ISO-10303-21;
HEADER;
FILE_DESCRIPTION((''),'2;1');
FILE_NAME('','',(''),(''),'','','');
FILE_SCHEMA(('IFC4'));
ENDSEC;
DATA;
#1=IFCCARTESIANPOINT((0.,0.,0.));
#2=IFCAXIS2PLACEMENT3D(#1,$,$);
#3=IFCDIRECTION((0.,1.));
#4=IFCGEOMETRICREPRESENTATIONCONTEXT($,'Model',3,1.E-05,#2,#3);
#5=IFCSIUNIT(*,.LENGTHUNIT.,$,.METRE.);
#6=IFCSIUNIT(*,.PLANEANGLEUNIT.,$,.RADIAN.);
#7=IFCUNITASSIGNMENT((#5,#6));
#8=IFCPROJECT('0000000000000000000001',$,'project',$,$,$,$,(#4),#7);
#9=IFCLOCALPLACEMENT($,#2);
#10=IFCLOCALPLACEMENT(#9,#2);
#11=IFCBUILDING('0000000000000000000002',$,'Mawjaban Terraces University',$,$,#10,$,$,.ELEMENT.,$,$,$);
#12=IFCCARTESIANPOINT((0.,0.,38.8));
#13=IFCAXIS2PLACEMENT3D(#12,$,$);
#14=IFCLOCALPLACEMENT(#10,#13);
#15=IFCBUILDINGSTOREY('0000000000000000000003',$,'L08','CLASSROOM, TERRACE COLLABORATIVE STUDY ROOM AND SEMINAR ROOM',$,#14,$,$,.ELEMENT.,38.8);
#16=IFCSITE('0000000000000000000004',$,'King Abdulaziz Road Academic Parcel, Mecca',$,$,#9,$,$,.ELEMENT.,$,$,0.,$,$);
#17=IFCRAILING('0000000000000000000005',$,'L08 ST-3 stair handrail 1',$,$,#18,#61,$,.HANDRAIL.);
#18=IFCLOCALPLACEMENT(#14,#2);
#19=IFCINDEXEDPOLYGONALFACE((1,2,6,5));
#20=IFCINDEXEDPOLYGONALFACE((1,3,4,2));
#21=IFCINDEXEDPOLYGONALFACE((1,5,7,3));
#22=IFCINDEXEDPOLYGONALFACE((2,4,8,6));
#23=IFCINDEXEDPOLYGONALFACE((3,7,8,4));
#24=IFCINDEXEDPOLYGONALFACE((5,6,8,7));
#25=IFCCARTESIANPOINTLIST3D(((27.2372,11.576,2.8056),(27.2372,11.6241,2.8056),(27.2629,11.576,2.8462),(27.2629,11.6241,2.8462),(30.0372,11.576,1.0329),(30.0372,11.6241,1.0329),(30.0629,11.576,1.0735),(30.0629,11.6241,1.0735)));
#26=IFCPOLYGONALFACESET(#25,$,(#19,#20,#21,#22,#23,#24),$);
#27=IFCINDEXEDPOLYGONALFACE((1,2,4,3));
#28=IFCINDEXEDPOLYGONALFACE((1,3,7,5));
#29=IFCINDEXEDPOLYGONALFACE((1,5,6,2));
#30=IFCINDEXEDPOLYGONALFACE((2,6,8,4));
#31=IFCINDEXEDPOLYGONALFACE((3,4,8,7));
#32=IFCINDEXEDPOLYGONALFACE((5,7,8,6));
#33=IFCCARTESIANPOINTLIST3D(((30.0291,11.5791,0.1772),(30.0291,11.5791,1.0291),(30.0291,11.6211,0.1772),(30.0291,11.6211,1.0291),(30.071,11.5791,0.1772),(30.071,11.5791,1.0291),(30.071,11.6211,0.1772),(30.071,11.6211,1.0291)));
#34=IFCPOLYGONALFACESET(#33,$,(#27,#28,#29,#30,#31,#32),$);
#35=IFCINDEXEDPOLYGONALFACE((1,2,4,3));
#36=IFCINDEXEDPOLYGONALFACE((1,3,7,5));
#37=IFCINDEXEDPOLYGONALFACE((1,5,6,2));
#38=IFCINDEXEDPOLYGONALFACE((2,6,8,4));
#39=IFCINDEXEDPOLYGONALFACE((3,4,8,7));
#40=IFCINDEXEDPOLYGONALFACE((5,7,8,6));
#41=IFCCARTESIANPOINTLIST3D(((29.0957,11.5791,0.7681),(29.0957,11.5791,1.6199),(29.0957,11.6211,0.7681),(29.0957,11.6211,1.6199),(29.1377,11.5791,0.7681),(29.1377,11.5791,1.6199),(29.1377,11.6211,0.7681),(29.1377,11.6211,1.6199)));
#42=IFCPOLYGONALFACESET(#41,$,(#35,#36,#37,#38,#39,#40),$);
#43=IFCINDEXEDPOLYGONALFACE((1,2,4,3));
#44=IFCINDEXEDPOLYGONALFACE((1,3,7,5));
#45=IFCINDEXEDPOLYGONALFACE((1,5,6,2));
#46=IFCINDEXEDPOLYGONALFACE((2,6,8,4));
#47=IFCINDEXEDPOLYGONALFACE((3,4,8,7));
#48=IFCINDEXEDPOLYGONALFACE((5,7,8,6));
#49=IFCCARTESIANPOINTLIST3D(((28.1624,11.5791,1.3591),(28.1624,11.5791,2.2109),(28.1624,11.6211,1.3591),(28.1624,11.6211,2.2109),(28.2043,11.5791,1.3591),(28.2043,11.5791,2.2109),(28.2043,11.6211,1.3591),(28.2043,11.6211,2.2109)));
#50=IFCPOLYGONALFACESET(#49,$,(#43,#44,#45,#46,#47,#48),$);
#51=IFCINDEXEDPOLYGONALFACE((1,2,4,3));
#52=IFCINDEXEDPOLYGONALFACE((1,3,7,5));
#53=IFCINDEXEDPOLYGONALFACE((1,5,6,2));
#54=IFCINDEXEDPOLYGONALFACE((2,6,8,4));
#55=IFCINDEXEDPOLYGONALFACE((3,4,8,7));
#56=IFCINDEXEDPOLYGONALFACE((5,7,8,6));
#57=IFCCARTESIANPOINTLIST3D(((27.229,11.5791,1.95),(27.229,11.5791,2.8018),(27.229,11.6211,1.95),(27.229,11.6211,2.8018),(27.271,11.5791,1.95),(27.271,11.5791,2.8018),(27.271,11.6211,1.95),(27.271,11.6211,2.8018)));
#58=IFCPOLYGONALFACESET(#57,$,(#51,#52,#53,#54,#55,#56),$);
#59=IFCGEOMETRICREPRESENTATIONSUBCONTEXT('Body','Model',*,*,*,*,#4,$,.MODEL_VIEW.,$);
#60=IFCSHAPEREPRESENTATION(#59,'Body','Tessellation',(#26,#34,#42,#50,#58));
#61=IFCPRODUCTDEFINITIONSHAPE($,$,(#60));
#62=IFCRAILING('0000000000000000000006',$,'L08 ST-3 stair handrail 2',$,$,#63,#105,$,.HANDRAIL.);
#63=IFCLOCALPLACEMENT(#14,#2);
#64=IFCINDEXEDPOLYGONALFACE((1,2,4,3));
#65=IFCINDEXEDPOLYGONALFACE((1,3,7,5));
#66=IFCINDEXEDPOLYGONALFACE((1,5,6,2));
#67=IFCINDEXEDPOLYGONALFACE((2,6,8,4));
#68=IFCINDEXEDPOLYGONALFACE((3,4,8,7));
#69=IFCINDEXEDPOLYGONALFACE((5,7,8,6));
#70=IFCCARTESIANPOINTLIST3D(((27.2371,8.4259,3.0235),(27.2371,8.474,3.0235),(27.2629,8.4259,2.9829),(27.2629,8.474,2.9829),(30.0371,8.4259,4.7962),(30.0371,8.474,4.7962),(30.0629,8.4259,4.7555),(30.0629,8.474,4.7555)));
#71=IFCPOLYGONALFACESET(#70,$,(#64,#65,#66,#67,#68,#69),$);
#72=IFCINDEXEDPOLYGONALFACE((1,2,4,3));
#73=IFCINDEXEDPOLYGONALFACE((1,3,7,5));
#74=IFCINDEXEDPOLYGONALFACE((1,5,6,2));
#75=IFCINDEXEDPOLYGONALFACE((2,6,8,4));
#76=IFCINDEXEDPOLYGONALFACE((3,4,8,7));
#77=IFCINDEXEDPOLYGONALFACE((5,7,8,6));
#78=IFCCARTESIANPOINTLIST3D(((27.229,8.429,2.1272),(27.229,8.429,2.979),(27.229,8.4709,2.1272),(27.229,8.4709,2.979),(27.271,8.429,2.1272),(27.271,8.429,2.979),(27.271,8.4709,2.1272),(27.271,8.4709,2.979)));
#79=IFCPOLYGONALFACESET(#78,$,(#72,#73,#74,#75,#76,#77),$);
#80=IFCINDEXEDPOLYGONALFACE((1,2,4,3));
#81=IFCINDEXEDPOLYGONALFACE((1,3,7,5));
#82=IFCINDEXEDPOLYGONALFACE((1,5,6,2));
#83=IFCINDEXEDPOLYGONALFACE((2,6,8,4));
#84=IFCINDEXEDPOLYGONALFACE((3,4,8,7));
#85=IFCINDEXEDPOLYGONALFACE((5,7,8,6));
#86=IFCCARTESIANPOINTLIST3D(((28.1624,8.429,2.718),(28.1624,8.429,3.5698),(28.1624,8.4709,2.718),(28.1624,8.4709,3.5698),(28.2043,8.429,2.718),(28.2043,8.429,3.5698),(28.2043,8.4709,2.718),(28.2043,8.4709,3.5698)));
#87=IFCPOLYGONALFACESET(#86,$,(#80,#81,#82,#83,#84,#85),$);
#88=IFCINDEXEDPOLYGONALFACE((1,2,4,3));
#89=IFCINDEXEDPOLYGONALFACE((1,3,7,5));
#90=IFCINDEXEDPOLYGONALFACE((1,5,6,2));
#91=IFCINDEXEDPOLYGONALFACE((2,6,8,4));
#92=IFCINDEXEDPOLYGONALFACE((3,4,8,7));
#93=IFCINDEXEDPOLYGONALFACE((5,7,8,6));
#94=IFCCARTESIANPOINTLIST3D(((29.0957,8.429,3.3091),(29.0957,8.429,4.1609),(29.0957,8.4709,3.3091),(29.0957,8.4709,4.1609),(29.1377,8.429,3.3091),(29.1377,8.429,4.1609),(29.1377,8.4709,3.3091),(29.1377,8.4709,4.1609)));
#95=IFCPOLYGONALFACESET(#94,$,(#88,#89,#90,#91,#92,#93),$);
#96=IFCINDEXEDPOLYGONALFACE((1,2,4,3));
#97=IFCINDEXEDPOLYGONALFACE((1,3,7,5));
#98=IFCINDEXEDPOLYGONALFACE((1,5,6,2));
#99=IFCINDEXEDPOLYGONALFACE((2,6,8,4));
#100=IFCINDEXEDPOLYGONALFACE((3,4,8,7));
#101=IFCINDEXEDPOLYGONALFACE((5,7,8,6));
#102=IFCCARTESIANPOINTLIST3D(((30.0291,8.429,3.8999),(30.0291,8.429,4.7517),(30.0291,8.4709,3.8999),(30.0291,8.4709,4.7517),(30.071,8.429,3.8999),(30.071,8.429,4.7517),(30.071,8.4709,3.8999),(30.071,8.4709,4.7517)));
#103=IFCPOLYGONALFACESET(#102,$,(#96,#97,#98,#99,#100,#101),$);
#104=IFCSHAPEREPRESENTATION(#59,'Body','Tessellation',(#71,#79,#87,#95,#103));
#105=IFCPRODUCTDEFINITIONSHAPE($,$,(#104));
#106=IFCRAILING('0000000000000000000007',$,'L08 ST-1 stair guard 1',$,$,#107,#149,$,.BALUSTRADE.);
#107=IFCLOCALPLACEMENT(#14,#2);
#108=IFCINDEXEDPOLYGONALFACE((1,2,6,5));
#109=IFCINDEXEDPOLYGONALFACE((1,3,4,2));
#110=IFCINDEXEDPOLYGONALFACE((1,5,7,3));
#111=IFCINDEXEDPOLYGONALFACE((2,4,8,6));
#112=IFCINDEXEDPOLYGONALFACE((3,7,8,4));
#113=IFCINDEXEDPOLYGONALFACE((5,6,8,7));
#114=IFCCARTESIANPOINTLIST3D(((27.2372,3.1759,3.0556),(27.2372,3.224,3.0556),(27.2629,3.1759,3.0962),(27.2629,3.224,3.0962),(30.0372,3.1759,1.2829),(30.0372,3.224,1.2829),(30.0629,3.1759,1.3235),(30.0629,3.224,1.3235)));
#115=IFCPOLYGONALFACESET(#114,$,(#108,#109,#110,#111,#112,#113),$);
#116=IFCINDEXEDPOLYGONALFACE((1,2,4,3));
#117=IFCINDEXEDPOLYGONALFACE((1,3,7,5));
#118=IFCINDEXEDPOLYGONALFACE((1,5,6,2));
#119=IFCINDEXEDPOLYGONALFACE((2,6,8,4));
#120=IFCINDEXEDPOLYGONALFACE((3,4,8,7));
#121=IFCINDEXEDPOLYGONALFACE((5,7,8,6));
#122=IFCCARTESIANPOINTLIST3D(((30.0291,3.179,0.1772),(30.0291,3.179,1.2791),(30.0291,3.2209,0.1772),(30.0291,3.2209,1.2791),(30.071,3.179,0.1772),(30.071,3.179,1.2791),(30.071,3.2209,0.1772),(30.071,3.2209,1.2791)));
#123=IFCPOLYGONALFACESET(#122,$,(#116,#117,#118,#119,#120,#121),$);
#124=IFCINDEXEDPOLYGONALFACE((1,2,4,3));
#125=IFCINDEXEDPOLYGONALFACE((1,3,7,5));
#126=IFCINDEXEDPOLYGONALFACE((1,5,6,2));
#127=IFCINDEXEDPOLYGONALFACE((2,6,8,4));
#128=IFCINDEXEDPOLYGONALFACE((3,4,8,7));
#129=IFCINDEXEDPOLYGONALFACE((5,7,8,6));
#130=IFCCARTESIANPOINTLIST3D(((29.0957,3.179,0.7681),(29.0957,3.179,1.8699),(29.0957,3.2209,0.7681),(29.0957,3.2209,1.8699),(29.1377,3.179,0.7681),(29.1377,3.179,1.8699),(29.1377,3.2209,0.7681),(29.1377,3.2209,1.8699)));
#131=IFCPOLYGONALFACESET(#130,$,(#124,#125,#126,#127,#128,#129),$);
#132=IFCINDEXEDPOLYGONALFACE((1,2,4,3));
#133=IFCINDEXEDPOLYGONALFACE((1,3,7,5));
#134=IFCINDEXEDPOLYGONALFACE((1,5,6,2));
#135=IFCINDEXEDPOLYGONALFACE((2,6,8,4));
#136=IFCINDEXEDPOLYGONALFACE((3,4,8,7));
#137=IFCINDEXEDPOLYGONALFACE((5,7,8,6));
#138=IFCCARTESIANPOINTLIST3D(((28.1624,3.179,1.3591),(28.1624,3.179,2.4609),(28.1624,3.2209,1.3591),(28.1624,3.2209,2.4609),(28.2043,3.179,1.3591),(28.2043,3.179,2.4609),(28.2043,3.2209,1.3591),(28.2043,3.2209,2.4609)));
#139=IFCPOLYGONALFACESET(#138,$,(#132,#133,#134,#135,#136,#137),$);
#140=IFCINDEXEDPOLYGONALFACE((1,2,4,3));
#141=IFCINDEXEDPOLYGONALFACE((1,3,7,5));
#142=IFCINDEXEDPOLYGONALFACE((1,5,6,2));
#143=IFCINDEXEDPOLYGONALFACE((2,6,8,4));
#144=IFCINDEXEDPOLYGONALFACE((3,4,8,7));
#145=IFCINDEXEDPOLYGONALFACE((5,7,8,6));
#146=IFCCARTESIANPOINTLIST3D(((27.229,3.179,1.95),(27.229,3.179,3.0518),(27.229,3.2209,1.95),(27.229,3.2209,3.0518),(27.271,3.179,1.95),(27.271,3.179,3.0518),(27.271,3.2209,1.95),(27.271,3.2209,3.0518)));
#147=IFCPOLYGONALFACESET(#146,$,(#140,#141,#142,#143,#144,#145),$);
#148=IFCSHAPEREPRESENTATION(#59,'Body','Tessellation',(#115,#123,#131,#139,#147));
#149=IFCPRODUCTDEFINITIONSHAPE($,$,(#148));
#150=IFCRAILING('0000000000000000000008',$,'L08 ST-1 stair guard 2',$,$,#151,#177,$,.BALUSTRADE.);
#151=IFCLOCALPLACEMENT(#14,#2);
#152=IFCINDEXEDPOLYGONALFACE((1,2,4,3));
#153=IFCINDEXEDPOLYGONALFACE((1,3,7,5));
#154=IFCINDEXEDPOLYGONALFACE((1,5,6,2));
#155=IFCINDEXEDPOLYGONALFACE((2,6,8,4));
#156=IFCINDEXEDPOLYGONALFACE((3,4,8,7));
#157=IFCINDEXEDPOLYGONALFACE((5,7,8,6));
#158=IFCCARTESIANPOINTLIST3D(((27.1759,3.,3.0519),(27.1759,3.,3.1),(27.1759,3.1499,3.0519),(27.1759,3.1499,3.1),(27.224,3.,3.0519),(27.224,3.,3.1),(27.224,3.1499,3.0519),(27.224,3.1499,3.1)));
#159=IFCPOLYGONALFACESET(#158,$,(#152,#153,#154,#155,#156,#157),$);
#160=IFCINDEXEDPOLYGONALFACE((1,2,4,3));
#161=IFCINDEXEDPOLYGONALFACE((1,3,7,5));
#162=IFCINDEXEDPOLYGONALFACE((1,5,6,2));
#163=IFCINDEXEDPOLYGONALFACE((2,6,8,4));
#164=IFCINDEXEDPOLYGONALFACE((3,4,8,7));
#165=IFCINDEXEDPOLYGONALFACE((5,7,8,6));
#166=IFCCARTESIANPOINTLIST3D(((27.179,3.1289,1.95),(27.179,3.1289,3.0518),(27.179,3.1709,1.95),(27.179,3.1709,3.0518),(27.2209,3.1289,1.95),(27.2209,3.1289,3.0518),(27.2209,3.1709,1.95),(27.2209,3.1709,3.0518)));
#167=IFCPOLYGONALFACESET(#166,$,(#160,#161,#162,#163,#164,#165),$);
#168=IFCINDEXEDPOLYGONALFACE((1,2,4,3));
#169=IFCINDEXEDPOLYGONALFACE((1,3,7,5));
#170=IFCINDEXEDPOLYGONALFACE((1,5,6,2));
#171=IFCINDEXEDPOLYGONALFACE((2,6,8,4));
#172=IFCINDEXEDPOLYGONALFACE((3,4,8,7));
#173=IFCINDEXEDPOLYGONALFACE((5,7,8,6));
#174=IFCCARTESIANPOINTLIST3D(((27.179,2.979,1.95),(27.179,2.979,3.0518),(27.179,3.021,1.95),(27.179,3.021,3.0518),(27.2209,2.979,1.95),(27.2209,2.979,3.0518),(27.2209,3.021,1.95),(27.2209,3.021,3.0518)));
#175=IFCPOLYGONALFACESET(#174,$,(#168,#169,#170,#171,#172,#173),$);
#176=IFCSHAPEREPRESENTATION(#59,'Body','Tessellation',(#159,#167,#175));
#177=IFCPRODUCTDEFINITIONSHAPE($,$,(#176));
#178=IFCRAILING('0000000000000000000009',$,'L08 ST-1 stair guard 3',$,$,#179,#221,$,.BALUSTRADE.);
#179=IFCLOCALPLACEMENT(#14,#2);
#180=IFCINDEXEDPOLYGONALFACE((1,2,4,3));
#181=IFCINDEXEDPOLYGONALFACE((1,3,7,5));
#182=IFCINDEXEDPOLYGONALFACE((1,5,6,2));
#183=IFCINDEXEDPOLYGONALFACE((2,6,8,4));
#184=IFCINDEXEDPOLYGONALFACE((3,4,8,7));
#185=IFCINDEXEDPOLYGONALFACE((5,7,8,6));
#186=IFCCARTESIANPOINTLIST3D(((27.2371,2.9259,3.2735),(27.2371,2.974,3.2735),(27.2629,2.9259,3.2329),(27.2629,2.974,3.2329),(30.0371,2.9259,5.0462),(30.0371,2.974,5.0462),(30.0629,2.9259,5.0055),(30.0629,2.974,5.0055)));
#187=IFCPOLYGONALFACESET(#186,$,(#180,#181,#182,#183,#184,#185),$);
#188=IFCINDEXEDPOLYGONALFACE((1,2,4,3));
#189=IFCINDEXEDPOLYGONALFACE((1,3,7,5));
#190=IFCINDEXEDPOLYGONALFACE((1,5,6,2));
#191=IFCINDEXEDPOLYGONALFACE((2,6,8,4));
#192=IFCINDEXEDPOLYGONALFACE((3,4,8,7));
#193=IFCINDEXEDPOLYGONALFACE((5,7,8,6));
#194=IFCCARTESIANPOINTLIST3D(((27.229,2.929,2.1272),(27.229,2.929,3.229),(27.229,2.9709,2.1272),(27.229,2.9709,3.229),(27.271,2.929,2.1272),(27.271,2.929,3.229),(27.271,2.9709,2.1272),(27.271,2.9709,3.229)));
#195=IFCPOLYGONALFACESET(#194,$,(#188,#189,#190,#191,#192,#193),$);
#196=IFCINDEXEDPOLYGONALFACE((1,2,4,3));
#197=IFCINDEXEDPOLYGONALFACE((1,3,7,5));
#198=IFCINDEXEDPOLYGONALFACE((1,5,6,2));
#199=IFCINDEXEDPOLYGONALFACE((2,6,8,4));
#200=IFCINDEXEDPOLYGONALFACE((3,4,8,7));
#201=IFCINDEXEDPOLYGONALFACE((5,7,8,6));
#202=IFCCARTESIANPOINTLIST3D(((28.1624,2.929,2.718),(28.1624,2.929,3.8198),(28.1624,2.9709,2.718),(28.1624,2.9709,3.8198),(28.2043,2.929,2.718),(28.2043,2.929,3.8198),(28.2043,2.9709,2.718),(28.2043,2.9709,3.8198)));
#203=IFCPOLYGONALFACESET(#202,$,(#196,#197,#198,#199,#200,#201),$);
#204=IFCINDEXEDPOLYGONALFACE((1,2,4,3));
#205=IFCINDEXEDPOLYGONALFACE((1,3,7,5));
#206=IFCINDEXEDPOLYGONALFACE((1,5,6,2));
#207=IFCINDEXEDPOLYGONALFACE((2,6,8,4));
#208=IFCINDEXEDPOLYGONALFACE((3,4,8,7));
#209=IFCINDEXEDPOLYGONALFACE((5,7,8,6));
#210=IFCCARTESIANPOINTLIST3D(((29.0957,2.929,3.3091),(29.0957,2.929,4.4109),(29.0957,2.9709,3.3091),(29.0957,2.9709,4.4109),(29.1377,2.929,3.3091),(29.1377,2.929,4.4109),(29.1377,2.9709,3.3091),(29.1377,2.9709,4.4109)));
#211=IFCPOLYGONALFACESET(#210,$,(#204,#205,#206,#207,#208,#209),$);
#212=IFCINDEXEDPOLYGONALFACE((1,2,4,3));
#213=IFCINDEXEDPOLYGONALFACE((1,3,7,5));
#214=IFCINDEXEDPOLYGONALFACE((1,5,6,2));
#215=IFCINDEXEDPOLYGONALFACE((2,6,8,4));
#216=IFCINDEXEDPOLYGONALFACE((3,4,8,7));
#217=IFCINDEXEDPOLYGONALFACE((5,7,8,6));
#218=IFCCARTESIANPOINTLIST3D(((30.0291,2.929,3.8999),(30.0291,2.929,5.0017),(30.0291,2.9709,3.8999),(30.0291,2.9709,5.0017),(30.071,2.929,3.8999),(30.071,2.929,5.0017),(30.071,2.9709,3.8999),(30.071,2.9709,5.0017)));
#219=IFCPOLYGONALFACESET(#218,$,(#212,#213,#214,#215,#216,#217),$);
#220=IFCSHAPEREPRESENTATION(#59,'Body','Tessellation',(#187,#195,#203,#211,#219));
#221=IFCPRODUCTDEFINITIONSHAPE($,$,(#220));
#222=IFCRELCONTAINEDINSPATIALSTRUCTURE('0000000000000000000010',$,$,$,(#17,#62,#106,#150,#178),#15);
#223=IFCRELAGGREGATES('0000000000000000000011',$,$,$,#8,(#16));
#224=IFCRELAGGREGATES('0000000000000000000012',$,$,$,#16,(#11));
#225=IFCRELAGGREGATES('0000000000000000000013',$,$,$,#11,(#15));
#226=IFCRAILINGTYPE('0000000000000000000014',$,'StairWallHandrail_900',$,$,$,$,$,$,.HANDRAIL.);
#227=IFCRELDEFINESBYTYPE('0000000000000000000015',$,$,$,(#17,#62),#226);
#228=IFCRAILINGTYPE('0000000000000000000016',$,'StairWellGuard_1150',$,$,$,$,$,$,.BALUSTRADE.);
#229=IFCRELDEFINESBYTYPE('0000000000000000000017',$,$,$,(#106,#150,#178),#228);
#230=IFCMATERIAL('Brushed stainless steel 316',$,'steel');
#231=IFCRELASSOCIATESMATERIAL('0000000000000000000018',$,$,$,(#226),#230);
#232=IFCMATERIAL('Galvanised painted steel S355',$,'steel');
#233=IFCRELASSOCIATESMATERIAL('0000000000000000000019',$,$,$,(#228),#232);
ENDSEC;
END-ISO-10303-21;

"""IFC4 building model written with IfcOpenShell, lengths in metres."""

from ifc_helpers import new_model, si_unit, direction, frame, origin, origin_2d, place, context, subcontext, project, spatial, rectangle, extrude, material, type_object, element, save


model = new_model("IFC4")

# Units and contexts
model_context = context("Model", 3, precision=1e-05, world=origin(), true_north=direction((0.0, 1.0)))
body_context = subcontext(model_context, "Body", "Model", "MODEL_VIEW")
ifc_project = project(units=[si_unit("LENGTHUNIT", "METRE"), si_unit("PLANEANGLEUNIT", "RADIAN")], contexts=[model_context])

# Site, building, storey
site_placement = place(None, origin())
site = spatial("IfcSite", under=ifc_project, at=site_placement, Name="King Abdulaziz Road Academic Parcel, Mecca", CompositionType="ELEMENT", RefElevation=0.0)
building_placement = place(site_placement, origin())
building = spatial("IfcBuilding", under=site, at=building_placement, Name="Mawjaban Terraces University", CompositionType="ELEMENT")
storey_placement = place(building_placement, frame((0.0, 0.0, 38.8)))
storey = spatial("IfcBuildingStorey", under=building, at=storey_placement, Name="L08", Description="CLASSROOM, TERRACE COLLABORATIVE STUDY ROOM AND SEMINAR ROOM", CompositionType="ELEMENT", Elevation=38.8)

# Railings
ifc_material_1 = material(Name="Brushed stainless steel 316", Category="steel")
railing_type_1 = type_object("IfcRailingType", Name="StairWallHandrail_900", PredefinedType="HANDRAIL", material=ifc_material_1)
railing_1_placement = place(storey_placement, frame((30.05, 11.6001, 0.1772)))
element("IfcRailing", 1, at=railing_1_placement, inside=storey, type_object=railing_type_1, Name="L08 ST-3 stair handrail 1", PredefinedType="HANDRAIL", context=body_context, shape_type="SweptSolid", body=[
    extrude(rectangle(XDim=0.0481, YDim=0.0481, at=origin_2d()), frame((0.0, 0.0, 0.876), z_axis=(-0.844909, 0.0, 0.53491), x_axis=(0.0, -1.0, 0.0)), (0.0, 0.0, 1.0), 3.314),
    extrude(rectangle(XDim=0.042, YDim=0.042, at=origin_2d()), origin(), (0.0, 0.0, 1.0), 0.8518),
    extrude(rectangle(XDim=0.042, YDim=0.042, at=origin_2d()), frame((-0.9333, 0.0, 0.5908)), (0.0, 0.0, 1.0), 0.8518),
    extrude(rectangle(XDim=0.042, YDim=0.042, at=origin_2d()), frame((-1.8667, 0.0, 1.1819)), (0.0, 0.0, 1.0), 0.8518),
    extrude(rectangle(XDim=0.042, YDim=0.042, at=origin_2d()), frame((-2.8, 0.0, 1.7727)), (0.0, 0.0, 1.0), 0.8518),
])
railing_2_placement = place(storey_placement, frame((27.25, 8.45, 2.1272)))
element("IfcRailing", 2, at=railing_2_placement, inside=storey, type_object=railing_type_1, Name="L08 ST-3 stair handrail 2", PredefinedType="HANDRAIL", context=body_context, shape_type="SweptSolid", body=[
    extrude(rectangle(XDim=0.0481, YDim=0.0481, at=origin_2d()), frame((0.0, 0.0, 0.876), z_axis=(0.844909, 0.0, 0.53491), x_axis=(0.0, 1.0, 0.0)), (0.0, 0.0, 1.0), 3.314),
    extrude(rectangle(XDim=0.042, YDim=0.042, at=origin_2d()), origin(), (0.0, 0.0, 1.0), 0.8518),
    extrude(rectangle(XDim=0.042, YDim=0.042, at=origin_2d()), frame((0.9333, 0.0, 0.5908)), (0.0, 0.0, 1.0), 0.8518),
    extrude(rectangle(XDim=0.042, YDim=0.042, at=origin_2d()), frame((1.8667, 0.0, 1.1819)), (0.0, 0.0, 1.0), 0.8518),
    extrude(rectangle(XDim=0.042, YDim=0.042, at=origin_2d()), frame((2.8, 0.0, 1.7727)), (0.0, 0.0, 1.0), 0.8518),
])
ifc_material_2 = material(Name="Galvanised painted steel S355", Category="steel")
railing_type_2 = type_object("IfcRailingType", Name="StairWellGuard_1150", PredefinedType="BALUSTRADE", material=ifc_material_2)
railing_3_placement = place(storey_placement, frame((30.05, 3.2, 0.1772)))
element("IfcRailing", 3, at=railing_3_placement, inside=storey, type_object=railing_type_2, Name="L08 ST-1 stair guard 1", PredefinedType="BALUSTRADE", context=body_context, shape_type="SweptSolid", body=[
    extrude(rectangle(XDim=0.0481, YDim=0.0481, at=origin_2d()), frame((0.0, 0.0, 1.126), z_axis=(-0.844909, 0.0, 0.53491), x_axis=(0.0, -1.0, 0.0)), (0.0, 0.0, 1.0), 3.314),
    extrude(rectangle(XDim=0.042, YDim=0.042, at=origin_2d()), origin(), (0.0, 0.0, 1.0), 1.1018),
    extrude(rectangle(XDim=0.042, YDim=0.042, at=origin_2d()), frame((-0.9333, 0.0, 0.5908)), (0.0, 0.0, 1.0), 1.1018),
    extrude(rectangle(XDim=0.042, YDim=0.042, at=origin_2d()), frame((-1.8667, 0.0, 1.1819)), (0.0, 0.0, 1.0), 1.1018),
    extrude(rectangle(XDim=0.042, YDim=0.042, at=origin_2d()), frame((-2.8, 0.0, 1.7727)), (0.0, 0.0, 1.0), 1.1018),
])
railing_4_placement = place(storey_placement, frame((27.2, 3.1499, 1.95)))
element("IfcRailing", 4, at=railing_4_placement, inside=storey, type_object=railing_type_2, Name="L08 ST-1 stair guard 2", PredefinedType="BALUSTRADE", context=body_context, shape_type="SweptSolid", body=[
    extrude(rectangle(XDim=0.0481, YDim=0.0481, at=origin_2d()), frame((0.0, 0.0, 1.126), z_axis=(0.0, -1.0, 0.0), x_axis=(1.0, 0.0, 0.0)), (0.0, 0.0, 1.0), 0.1499),
    extrude(rectangle(XDim=0.042, YDim=0.042, at=origin_2d()), origin(), (0.0, 0.0, 1.0), 1.1018),
    extrude(rectangle(XDim=0.042, YDim=0.042, at=origin_2d()), frame((0.0, -0.1499, 0.0)), (0.0, 0.0, 1.0), 1.1018),
])
railing_5_placement = place(storey_placement, frame((27.25, 2.95, 2.1272)))
element("IfcRailing", 5, at=railing_5_placement, inside=storey, type_object=railing_type_2, Name="L08 ST-1 stair guard 3", PredefinedType="BALUSTRADE", context=body_context, shape_type="SweptSolid", body=[
    extrude(rectangle(XDim=0.0481, YDim=0.0481, at=origin_2d()), frame((0.0, 0.0, 1.126), z_axis=(0.844909, 0.0, 0.53491), x_axis=(0.0, 1.0, 0.0)), (0.0, 0.0, 1.0), 3.314),
    extrude(rectangle(XDim=0.042, YDim=0.042, at=origin_2d()), origin(), (0.0, 0.0, 1.0), 1.1018),
    extrude(rectangle(XDim=0.042, YDim=0.042, at=origin_2d()), frame((0.9333, 0.0, 0.5908)), (0.0, 0.0, 1.0), 1.1018),
    extrude(rectangle(XDim=0.042, YDim=0.042, at=origin_2d()), frame((1.8667, 0.0, 1.1819)), (0.0, 0.0, 1.0), 1.1018),
    extrude(rectangle(XDim=0.042, YDim=0.042, at=origin_2d()), frame((2.8, 0.0, 1.7727)), (0.0, 0.0, 1.0), 1.1018),
])

save(model, "model.ifc")
